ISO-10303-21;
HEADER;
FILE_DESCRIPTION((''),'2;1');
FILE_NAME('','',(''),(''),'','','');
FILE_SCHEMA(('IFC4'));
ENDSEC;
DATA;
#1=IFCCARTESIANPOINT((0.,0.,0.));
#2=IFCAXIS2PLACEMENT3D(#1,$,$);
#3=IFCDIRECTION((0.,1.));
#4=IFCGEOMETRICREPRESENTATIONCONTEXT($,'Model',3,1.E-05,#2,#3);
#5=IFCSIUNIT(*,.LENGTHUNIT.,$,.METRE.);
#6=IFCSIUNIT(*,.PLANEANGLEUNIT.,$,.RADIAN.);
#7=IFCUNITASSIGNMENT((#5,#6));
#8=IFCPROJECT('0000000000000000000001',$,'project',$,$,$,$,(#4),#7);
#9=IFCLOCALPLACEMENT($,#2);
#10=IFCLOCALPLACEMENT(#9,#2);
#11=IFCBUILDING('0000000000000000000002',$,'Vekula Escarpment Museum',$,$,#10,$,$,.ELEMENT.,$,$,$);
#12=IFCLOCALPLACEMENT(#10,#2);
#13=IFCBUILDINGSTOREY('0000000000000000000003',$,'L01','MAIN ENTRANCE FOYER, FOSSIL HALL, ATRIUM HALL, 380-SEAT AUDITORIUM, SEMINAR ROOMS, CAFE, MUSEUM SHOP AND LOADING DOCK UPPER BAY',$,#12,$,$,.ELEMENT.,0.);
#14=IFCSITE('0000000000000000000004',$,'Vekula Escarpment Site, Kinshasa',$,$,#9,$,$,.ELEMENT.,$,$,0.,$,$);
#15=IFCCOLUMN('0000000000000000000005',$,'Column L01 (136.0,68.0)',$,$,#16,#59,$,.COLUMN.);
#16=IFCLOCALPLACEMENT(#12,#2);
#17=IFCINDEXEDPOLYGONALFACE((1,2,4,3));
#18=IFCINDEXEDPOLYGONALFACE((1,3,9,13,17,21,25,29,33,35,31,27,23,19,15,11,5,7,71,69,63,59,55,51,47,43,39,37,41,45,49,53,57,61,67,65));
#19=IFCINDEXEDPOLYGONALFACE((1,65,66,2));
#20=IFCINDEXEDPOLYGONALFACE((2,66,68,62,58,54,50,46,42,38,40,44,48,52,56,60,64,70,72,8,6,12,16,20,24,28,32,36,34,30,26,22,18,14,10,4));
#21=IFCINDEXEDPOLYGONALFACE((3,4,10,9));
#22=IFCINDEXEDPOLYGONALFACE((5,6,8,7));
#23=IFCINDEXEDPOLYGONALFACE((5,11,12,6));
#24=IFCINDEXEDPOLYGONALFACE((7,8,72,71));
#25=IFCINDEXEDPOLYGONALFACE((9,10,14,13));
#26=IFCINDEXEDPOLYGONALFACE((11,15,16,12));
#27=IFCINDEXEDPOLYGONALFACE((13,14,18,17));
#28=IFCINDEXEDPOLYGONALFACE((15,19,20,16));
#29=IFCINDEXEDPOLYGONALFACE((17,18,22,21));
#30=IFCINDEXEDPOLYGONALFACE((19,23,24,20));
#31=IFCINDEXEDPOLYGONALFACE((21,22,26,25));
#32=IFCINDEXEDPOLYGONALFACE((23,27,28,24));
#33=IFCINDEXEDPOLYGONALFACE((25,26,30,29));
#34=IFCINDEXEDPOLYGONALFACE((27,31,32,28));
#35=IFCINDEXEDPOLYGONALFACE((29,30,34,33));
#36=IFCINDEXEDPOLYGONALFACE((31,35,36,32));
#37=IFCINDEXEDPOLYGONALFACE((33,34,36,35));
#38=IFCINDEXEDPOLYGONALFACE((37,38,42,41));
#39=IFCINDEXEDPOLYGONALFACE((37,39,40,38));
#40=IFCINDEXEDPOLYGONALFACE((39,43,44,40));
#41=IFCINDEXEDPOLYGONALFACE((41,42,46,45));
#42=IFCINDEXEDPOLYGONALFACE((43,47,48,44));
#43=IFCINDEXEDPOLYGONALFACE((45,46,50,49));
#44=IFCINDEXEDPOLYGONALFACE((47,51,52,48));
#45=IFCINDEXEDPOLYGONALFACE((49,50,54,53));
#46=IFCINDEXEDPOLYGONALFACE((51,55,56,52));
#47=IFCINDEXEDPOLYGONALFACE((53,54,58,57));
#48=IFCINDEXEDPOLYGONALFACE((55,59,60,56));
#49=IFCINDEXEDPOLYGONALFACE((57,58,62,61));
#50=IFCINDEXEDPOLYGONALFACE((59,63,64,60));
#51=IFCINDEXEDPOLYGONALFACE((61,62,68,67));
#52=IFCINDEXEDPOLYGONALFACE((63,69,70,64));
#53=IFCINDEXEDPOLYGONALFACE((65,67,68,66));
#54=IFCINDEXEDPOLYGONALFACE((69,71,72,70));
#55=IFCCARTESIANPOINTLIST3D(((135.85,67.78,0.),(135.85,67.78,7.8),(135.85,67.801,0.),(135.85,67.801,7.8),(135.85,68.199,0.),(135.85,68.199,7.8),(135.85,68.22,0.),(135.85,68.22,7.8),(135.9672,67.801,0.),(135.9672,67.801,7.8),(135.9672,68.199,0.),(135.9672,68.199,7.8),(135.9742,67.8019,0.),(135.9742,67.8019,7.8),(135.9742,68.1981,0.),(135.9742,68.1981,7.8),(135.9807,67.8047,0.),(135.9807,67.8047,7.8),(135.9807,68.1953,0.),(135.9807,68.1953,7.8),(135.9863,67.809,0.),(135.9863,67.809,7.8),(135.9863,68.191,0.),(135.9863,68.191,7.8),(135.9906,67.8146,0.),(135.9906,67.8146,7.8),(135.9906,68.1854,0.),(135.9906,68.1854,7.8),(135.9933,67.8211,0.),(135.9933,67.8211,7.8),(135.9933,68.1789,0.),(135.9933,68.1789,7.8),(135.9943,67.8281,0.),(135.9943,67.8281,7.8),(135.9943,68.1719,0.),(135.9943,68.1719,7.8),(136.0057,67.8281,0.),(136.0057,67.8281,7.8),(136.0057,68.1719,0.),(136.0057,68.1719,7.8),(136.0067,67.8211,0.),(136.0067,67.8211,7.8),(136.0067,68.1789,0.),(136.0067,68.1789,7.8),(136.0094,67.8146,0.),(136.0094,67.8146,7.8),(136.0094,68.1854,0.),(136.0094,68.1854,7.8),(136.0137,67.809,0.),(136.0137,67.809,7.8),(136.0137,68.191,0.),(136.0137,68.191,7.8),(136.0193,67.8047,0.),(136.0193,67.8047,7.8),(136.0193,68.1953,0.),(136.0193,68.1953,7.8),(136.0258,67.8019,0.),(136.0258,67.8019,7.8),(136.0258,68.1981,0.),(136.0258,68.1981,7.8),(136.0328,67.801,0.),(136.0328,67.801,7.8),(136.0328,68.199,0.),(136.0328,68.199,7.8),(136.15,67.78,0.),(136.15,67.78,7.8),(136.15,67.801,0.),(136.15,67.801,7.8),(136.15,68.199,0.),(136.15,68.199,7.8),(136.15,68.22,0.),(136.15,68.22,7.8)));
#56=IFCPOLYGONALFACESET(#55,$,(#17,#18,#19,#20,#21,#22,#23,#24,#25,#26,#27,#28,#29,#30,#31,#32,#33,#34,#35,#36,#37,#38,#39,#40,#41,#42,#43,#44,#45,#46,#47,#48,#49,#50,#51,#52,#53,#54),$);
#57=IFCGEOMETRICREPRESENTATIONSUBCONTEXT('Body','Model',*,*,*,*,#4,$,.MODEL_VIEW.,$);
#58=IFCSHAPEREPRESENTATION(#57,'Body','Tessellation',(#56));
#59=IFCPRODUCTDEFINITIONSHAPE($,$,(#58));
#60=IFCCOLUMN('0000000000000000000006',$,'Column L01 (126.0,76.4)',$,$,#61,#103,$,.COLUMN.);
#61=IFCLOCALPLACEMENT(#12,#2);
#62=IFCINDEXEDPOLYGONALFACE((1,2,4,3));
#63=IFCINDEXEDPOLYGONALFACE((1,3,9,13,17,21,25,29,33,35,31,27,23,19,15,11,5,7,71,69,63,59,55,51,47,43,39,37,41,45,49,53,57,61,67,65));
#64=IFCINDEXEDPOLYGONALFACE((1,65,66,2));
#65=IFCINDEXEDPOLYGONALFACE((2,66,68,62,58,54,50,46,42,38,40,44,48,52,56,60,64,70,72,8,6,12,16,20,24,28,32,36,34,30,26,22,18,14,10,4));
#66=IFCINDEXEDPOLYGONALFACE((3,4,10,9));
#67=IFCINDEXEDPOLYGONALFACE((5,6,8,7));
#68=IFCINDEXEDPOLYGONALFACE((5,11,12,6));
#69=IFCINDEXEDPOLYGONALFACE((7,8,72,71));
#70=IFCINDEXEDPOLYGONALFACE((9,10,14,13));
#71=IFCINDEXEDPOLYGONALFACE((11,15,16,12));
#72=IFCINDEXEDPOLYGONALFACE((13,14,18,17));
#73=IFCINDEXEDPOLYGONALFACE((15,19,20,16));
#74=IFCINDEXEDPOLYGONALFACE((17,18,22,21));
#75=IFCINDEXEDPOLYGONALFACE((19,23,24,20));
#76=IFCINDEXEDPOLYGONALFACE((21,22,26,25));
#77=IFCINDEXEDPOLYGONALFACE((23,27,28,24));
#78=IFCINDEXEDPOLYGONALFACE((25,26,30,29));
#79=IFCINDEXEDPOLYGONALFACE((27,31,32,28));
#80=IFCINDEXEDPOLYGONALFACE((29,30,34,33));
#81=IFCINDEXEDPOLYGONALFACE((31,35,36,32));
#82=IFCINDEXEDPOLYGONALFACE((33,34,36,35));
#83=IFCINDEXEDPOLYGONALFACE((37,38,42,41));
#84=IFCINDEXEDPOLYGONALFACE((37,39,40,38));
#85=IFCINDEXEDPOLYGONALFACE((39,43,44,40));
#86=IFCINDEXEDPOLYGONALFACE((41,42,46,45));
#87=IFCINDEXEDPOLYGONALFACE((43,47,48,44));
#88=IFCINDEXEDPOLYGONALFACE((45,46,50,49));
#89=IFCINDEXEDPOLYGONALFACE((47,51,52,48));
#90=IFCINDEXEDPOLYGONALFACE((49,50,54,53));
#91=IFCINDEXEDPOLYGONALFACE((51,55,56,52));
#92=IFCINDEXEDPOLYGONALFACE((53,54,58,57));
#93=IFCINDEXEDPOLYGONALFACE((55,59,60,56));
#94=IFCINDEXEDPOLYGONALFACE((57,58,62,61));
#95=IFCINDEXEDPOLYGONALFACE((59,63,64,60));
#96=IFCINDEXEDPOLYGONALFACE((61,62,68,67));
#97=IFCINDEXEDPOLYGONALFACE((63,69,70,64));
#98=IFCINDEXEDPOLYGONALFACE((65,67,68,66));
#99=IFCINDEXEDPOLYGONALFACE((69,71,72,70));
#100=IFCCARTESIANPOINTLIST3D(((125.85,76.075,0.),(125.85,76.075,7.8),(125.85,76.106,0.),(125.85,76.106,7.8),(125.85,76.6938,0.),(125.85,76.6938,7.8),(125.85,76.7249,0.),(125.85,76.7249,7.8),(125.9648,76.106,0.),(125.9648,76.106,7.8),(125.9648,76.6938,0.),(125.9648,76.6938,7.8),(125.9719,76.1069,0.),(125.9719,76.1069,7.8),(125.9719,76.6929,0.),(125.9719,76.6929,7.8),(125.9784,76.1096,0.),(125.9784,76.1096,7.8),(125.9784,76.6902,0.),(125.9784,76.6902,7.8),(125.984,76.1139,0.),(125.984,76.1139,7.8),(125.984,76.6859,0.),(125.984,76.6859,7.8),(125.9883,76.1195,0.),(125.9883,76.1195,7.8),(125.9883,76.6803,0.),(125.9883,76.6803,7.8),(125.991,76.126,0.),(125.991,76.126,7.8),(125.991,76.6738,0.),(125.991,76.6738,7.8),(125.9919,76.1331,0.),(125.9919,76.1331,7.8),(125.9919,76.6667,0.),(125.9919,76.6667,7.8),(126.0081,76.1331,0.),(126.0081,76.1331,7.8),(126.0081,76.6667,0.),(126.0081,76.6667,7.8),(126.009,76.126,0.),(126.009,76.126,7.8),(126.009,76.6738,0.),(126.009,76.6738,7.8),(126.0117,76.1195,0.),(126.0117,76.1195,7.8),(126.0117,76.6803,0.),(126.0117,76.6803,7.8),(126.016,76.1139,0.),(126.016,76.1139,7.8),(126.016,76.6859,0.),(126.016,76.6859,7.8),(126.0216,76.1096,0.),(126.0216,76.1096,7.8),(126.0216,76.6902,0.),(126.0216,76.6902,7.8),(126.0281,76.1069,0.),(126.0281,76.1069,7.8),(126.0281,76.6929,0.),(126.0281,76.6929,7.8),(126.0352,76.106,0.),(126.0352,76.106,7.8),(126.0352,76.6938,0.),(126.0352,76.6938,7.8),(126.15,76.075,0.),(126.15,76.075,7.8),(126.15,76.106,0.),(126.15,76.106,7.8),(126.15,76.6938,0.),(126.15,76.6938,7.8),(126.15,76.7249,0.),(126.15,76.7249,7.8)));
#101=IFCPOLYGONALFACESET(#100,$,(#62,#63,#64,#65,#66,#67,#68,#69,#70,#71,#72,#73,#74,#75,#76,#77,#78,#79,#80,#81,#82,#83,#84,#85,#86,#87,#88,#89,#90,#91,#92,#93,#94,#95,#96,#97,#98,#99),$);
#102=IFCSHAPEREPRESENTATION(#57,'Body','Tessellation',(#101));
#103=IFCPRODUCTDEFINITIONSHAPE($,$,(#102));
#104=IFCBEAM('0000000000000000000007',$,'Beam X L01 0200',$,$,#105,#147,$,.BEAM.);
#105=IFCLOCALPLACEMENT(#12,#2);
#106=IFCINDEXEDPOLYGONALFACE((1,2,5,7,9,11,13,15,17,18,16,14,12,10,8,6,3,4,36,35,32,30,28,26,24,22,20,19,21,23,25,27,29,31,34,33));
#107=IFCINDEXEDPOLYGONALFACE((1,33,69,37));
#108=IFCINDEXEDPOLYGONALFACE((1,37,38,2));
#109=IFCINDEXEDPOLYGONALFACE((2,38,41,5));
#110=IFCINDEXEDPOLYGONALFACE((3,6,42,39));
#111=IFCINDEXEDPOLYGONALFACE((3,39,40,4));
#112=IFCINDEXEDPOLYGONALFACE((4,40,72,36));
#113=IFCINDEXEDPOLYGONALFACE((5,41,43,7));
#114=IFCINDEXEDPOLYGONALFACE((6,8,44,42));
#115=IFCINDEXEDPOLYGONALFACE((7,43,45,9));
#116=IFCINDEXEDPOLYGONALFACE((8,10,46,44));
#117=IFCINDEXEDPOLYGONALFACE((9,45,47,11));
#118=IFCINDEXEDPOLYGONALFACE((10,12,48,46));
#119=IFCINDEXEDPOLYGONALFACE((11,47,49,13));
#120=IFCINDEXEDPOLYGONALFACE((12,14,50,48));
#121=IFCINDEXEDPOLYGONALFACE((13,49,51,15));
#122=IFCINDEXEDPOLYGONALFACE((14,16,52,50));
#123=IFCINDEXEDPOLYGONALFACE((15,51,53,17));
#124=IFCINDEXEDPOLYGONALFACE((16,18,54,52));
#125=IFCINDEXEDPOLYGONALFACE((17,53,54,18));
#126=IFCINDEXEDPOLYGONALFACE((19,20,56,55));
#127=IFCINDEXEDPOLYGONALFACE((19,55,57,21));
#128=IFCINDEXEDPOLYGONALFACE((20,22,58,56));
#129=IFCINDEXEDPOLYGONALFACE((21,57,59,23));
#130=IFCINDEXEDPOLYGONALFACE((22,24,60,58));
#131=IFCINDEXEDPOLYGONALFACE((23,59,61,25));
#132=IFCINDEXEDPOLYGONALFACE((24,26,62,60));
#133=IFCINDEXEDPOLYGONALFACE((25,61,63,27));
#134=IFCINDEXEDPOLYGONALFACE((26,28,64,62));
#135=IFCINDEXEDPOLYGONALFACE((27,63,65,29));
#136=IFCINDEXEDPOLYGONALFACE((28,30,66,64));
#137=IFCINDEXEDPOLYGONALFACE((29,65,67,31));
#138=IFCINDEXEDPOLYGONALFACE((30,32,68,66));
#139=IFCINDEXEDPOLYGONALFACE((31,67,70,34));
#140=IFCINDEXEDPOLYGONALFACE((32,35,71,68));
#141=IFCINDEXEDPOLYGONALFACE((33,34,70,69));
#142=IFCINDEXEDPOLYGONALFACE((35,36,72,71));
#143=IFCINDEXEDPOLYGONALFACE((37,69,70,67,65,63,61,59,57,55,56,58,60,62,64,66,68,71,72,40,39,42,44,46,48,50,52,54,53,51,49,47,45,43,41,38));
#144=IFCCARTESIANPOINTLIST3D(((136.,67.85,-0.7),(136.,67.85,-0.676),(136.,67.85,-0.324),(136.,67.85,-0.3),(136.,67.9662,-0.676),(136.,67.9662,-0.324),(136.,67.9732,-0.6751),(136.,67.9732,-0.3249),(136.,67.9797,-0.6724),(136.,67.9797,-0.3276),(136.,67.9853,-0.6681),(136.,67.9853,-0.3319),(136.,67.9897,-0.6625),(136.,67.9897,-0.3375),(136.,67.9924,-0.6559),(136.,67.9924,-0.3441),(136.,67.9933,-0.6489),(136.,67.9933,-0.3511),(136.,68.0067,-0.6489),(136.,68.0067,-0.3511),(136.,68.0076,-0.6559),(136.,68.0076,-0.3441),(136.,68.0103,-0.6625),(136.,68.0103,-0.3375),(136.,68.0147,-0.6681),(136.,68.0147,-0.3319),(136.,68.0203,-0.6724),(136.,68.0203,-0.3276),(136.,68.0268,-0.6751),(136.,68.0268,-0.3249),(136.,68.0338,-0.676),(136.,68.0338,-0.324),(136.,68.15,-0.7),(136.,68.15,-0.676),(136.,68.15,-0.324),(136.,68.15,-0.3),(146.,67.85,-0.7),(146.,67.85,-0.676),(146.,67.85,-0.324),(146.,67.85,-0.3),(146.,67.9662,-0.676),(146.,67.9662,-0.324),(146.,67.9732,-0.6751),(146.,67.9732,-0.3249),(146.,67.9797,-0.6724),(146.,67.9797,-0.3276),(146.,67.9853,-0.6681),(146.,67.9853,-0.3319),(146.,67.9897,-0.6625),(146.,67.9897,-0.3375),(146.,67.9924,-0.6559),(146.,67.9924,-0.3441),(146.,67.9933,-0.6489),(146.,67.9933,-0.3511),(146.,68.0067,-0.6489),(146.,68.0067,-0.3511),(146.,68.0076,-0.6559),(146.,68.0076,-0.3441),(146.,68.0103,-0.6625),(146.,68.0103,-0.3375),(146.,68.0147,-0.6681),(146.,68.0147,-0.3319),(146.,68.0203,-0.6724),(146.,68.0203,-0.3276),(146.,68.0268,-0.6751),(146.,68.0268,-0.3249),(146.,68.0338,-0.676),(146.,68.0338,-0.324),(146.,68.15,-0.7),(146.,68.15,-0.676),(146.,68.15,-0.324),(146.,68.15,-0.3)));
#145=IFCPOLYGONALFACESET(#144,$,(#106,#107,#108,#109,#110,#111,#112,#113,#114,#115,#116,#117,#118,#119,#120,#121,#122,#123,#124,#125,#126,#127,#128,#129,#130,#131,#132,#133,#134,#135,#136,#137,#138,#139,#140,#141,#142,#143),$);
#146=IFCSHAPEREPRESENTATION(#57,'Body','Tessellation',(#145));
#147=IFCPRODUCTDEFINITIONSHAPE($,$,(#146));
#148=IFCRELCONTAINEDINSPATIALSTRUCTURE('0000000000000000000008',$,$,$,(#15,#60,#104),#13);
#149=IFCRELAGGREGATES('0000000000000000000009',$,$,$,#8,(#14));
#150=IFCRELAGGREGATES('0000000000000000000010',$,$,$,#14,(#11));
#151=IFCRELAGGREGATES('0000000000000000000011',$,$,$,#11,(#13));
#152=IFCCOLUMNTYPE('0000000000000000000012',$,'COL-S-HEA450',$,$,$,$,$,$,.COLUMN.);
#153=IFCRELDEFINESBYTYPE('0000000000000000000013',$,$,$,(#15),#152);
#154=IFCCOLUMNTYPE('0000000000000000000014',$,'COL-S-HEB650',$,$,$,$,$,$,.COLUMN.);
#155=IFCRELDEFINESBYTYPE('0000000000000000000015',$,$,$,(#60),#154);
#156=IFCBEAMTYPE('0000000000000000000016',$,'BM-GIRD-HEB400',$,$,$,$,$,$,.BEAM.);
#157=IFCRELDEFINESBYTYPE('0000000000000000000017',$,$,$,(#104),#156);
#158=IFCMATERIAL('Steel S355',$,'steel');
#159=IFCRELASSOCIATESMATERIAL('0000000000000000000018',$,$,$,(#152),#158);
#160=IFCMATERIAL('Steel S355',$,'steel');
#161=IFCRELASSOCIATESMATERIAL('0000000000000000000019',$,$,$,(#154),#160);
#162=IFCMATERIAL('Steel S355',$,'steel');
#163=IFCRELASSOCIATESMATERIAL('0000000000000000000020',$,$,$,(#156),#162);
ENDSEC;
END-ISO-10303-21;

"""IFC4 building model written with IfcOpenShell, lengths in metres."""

from ifc_helpers import new_model, si_unit, direction, frame, origin, origin_2d, place, context, subcontext, project, spatial, i_section, extrude, material, material_profile, profile_set, type_object, element, save


model = new_model("IFC4")

# Units and contexts
model_context = context("Model", 3, precision=1e-05, world=origin(), true_north=direction((0.0, 1.0)))
body_context = subcontext(model_context, "Body", "Model", "MODEL_VIEW")
ifc_project = project(units=[si_unit("LENGTHUNIT", "METRE"), si_unit("PLANEANGLEUNIT", "RADIAN")], contexts=[model_context])

# Site, building, storey
site_placement = place(None, origin())
site = spatial("IfcSite", under=ifc_project, at=site_placement, Name="Vekula Escarpment Site, Kinshasa", CompositionType="ELEMENT", RefElevation=0.0)
building_placement = place(site_placement, origin())
building = spatial("IfcBuilding", under=site, at=building_placement, Name="Vekula Escarpment Museum", CompositionType="ELEMENT")
storey_placement = place(building_placement, origin())
storey = spatial("IfcBuildingStorey", under=building, at=storey_placement, Name="L01", Description="MAIN ENTRANCE FOYER, FOSSIL HALL, ATRIUM HALL, 380-SEAT AUDITORIUM, SEMINAR ROOMS, CAFE, MUSEUM SHOP AND LOADING DOCK UPPER BAY", CompositionType="ELEMENT", Elevation=0.0)

# Columns
ifc_material_1 = material(Name="Steel S355", Category="steel")
ifc_material_profile_1 = material_profile(ifc_material_1, i_section(OverallWidth=0.3, OverallDepth=0.4399, WebThickness=0.0115, FlangeThickness=0.021, FilletRadius=0.0271, at=origin_2d()), Name="HEA 450")
ifc_profile_set_1 = profile_set([ifc_material_profile_1], Name="Steel S355")
column_type_1 = type_object("IfcColumnType", Name="COL-S-HEA450", PredefinedType="COLUMN", material=ifc_profile_set_1)
column_1_placement = place(storey_placement, frame((136.0, 68.0, 0.0), z_axis=(0.0, 0.0, 1.0), x_axis=(1.0, 0.0, 0.0)))
element("IfcColumn", 1, at=column_1_placement, inside=storey, type_object=column_type_1, Name="Column L01 (136.0,68.0)", PredefinedType="COLUMN", context=body_context, shape_type="SweptSolid", body=[
    extrude(i_section(OverallWidth=0.3, OverallDepth=0.4399, WebThickness=0.0115, FlangeThickness=0.021, FilletRadius=0.0271, at=origin_2d()), origin(), (0.0, 0.0, 1.0), 7.8),
])
ifc_material_2 = material(Name="Steel S355", Category="steel")
ifc_material_profile_2 = material_profile(ifc_material_2, i_section(OverallWidth=0.3, OverallDepth=0.6499, WebThickness=0.0161, FlangeThickness=0.031, FilletRadius=0.0271, at=origin_2d()), Name="HEB 650")
ifc_profile_set_2 = profile_set([ifc_material_profile_2], Name="Steel S355")
column_type_2 = type_object("IfcColumnType", Name="COL-S-HEB650", PredefinedType="COLUMN", material=ifc_profile_set_2)
column_2_placement = place(storey_placement, frame((126.0, 76.3999, 0.0), z_axis=(0.0, 0.0, 1.0), x_axis=(1.0, 0.0, 0.0)))
element("IfcColumn", 2, at=column_2_placement, inside=storey, type_object=column_type_2, Name="Column L01 (126.0,76.4)", PredefinedType="COLUMN", context=body_context, shape_type="SweptSolid", body=[
    extrude(i_section(OverallWidth=0.3, OverallDepth=0.6499, WebThickness=0.0161, FlangeThickness=0.031, FilletRadius=0.0271, at=origin_2d()), origin(), (0.0, 0.0, 1.0), 7.8),
])

# Beam
ifc_material_3 = material(Name="Steel S355", Category="steel")
ifc_material_profile_3 = material_profile(ifc_material_3, i_section(OverallWidth=0.3, OverallDepth=0.3999, WebThickness=0.0134, FlangeThickness=0.0239, FilletRadius=0.0271, at=origin_2d()), Name="HEB 400")
ifc_profile_set_3 = profile_set([ifc_material_profile_3], Name="Steel S355")
beam_type_1 = type_object("IfcBeamType", Name="BM-GIRD-HEB400", PredefinedType="BEAM", material=ifc_profile_set_3)
beam_1_placement = place(storey_placement, frame((136.0, 68.0, -0.5), z_axis=(1.0, 0.0, 0.0), x_axis=(0.0, 1.0, 0.0)))
element("IfcBeam", 3, at=beam_1_placement, inside=storey, type_object=beam_type_1, Name="Beam X L01 0200", PredefinedType="BEAM", context=body_context, shape_type="SweptSolid", body=[
    extrude(i_section(OverallWidth=0.3, OverallDepth=0.3999, WebThickness=0.0134, FlangeThickness=0.0239, FilletRadius=0.0271, at=origin_2d()), origin(), (0.0, 0.0, 1.0), 10.0),
])

save(model, "model.ifc")
